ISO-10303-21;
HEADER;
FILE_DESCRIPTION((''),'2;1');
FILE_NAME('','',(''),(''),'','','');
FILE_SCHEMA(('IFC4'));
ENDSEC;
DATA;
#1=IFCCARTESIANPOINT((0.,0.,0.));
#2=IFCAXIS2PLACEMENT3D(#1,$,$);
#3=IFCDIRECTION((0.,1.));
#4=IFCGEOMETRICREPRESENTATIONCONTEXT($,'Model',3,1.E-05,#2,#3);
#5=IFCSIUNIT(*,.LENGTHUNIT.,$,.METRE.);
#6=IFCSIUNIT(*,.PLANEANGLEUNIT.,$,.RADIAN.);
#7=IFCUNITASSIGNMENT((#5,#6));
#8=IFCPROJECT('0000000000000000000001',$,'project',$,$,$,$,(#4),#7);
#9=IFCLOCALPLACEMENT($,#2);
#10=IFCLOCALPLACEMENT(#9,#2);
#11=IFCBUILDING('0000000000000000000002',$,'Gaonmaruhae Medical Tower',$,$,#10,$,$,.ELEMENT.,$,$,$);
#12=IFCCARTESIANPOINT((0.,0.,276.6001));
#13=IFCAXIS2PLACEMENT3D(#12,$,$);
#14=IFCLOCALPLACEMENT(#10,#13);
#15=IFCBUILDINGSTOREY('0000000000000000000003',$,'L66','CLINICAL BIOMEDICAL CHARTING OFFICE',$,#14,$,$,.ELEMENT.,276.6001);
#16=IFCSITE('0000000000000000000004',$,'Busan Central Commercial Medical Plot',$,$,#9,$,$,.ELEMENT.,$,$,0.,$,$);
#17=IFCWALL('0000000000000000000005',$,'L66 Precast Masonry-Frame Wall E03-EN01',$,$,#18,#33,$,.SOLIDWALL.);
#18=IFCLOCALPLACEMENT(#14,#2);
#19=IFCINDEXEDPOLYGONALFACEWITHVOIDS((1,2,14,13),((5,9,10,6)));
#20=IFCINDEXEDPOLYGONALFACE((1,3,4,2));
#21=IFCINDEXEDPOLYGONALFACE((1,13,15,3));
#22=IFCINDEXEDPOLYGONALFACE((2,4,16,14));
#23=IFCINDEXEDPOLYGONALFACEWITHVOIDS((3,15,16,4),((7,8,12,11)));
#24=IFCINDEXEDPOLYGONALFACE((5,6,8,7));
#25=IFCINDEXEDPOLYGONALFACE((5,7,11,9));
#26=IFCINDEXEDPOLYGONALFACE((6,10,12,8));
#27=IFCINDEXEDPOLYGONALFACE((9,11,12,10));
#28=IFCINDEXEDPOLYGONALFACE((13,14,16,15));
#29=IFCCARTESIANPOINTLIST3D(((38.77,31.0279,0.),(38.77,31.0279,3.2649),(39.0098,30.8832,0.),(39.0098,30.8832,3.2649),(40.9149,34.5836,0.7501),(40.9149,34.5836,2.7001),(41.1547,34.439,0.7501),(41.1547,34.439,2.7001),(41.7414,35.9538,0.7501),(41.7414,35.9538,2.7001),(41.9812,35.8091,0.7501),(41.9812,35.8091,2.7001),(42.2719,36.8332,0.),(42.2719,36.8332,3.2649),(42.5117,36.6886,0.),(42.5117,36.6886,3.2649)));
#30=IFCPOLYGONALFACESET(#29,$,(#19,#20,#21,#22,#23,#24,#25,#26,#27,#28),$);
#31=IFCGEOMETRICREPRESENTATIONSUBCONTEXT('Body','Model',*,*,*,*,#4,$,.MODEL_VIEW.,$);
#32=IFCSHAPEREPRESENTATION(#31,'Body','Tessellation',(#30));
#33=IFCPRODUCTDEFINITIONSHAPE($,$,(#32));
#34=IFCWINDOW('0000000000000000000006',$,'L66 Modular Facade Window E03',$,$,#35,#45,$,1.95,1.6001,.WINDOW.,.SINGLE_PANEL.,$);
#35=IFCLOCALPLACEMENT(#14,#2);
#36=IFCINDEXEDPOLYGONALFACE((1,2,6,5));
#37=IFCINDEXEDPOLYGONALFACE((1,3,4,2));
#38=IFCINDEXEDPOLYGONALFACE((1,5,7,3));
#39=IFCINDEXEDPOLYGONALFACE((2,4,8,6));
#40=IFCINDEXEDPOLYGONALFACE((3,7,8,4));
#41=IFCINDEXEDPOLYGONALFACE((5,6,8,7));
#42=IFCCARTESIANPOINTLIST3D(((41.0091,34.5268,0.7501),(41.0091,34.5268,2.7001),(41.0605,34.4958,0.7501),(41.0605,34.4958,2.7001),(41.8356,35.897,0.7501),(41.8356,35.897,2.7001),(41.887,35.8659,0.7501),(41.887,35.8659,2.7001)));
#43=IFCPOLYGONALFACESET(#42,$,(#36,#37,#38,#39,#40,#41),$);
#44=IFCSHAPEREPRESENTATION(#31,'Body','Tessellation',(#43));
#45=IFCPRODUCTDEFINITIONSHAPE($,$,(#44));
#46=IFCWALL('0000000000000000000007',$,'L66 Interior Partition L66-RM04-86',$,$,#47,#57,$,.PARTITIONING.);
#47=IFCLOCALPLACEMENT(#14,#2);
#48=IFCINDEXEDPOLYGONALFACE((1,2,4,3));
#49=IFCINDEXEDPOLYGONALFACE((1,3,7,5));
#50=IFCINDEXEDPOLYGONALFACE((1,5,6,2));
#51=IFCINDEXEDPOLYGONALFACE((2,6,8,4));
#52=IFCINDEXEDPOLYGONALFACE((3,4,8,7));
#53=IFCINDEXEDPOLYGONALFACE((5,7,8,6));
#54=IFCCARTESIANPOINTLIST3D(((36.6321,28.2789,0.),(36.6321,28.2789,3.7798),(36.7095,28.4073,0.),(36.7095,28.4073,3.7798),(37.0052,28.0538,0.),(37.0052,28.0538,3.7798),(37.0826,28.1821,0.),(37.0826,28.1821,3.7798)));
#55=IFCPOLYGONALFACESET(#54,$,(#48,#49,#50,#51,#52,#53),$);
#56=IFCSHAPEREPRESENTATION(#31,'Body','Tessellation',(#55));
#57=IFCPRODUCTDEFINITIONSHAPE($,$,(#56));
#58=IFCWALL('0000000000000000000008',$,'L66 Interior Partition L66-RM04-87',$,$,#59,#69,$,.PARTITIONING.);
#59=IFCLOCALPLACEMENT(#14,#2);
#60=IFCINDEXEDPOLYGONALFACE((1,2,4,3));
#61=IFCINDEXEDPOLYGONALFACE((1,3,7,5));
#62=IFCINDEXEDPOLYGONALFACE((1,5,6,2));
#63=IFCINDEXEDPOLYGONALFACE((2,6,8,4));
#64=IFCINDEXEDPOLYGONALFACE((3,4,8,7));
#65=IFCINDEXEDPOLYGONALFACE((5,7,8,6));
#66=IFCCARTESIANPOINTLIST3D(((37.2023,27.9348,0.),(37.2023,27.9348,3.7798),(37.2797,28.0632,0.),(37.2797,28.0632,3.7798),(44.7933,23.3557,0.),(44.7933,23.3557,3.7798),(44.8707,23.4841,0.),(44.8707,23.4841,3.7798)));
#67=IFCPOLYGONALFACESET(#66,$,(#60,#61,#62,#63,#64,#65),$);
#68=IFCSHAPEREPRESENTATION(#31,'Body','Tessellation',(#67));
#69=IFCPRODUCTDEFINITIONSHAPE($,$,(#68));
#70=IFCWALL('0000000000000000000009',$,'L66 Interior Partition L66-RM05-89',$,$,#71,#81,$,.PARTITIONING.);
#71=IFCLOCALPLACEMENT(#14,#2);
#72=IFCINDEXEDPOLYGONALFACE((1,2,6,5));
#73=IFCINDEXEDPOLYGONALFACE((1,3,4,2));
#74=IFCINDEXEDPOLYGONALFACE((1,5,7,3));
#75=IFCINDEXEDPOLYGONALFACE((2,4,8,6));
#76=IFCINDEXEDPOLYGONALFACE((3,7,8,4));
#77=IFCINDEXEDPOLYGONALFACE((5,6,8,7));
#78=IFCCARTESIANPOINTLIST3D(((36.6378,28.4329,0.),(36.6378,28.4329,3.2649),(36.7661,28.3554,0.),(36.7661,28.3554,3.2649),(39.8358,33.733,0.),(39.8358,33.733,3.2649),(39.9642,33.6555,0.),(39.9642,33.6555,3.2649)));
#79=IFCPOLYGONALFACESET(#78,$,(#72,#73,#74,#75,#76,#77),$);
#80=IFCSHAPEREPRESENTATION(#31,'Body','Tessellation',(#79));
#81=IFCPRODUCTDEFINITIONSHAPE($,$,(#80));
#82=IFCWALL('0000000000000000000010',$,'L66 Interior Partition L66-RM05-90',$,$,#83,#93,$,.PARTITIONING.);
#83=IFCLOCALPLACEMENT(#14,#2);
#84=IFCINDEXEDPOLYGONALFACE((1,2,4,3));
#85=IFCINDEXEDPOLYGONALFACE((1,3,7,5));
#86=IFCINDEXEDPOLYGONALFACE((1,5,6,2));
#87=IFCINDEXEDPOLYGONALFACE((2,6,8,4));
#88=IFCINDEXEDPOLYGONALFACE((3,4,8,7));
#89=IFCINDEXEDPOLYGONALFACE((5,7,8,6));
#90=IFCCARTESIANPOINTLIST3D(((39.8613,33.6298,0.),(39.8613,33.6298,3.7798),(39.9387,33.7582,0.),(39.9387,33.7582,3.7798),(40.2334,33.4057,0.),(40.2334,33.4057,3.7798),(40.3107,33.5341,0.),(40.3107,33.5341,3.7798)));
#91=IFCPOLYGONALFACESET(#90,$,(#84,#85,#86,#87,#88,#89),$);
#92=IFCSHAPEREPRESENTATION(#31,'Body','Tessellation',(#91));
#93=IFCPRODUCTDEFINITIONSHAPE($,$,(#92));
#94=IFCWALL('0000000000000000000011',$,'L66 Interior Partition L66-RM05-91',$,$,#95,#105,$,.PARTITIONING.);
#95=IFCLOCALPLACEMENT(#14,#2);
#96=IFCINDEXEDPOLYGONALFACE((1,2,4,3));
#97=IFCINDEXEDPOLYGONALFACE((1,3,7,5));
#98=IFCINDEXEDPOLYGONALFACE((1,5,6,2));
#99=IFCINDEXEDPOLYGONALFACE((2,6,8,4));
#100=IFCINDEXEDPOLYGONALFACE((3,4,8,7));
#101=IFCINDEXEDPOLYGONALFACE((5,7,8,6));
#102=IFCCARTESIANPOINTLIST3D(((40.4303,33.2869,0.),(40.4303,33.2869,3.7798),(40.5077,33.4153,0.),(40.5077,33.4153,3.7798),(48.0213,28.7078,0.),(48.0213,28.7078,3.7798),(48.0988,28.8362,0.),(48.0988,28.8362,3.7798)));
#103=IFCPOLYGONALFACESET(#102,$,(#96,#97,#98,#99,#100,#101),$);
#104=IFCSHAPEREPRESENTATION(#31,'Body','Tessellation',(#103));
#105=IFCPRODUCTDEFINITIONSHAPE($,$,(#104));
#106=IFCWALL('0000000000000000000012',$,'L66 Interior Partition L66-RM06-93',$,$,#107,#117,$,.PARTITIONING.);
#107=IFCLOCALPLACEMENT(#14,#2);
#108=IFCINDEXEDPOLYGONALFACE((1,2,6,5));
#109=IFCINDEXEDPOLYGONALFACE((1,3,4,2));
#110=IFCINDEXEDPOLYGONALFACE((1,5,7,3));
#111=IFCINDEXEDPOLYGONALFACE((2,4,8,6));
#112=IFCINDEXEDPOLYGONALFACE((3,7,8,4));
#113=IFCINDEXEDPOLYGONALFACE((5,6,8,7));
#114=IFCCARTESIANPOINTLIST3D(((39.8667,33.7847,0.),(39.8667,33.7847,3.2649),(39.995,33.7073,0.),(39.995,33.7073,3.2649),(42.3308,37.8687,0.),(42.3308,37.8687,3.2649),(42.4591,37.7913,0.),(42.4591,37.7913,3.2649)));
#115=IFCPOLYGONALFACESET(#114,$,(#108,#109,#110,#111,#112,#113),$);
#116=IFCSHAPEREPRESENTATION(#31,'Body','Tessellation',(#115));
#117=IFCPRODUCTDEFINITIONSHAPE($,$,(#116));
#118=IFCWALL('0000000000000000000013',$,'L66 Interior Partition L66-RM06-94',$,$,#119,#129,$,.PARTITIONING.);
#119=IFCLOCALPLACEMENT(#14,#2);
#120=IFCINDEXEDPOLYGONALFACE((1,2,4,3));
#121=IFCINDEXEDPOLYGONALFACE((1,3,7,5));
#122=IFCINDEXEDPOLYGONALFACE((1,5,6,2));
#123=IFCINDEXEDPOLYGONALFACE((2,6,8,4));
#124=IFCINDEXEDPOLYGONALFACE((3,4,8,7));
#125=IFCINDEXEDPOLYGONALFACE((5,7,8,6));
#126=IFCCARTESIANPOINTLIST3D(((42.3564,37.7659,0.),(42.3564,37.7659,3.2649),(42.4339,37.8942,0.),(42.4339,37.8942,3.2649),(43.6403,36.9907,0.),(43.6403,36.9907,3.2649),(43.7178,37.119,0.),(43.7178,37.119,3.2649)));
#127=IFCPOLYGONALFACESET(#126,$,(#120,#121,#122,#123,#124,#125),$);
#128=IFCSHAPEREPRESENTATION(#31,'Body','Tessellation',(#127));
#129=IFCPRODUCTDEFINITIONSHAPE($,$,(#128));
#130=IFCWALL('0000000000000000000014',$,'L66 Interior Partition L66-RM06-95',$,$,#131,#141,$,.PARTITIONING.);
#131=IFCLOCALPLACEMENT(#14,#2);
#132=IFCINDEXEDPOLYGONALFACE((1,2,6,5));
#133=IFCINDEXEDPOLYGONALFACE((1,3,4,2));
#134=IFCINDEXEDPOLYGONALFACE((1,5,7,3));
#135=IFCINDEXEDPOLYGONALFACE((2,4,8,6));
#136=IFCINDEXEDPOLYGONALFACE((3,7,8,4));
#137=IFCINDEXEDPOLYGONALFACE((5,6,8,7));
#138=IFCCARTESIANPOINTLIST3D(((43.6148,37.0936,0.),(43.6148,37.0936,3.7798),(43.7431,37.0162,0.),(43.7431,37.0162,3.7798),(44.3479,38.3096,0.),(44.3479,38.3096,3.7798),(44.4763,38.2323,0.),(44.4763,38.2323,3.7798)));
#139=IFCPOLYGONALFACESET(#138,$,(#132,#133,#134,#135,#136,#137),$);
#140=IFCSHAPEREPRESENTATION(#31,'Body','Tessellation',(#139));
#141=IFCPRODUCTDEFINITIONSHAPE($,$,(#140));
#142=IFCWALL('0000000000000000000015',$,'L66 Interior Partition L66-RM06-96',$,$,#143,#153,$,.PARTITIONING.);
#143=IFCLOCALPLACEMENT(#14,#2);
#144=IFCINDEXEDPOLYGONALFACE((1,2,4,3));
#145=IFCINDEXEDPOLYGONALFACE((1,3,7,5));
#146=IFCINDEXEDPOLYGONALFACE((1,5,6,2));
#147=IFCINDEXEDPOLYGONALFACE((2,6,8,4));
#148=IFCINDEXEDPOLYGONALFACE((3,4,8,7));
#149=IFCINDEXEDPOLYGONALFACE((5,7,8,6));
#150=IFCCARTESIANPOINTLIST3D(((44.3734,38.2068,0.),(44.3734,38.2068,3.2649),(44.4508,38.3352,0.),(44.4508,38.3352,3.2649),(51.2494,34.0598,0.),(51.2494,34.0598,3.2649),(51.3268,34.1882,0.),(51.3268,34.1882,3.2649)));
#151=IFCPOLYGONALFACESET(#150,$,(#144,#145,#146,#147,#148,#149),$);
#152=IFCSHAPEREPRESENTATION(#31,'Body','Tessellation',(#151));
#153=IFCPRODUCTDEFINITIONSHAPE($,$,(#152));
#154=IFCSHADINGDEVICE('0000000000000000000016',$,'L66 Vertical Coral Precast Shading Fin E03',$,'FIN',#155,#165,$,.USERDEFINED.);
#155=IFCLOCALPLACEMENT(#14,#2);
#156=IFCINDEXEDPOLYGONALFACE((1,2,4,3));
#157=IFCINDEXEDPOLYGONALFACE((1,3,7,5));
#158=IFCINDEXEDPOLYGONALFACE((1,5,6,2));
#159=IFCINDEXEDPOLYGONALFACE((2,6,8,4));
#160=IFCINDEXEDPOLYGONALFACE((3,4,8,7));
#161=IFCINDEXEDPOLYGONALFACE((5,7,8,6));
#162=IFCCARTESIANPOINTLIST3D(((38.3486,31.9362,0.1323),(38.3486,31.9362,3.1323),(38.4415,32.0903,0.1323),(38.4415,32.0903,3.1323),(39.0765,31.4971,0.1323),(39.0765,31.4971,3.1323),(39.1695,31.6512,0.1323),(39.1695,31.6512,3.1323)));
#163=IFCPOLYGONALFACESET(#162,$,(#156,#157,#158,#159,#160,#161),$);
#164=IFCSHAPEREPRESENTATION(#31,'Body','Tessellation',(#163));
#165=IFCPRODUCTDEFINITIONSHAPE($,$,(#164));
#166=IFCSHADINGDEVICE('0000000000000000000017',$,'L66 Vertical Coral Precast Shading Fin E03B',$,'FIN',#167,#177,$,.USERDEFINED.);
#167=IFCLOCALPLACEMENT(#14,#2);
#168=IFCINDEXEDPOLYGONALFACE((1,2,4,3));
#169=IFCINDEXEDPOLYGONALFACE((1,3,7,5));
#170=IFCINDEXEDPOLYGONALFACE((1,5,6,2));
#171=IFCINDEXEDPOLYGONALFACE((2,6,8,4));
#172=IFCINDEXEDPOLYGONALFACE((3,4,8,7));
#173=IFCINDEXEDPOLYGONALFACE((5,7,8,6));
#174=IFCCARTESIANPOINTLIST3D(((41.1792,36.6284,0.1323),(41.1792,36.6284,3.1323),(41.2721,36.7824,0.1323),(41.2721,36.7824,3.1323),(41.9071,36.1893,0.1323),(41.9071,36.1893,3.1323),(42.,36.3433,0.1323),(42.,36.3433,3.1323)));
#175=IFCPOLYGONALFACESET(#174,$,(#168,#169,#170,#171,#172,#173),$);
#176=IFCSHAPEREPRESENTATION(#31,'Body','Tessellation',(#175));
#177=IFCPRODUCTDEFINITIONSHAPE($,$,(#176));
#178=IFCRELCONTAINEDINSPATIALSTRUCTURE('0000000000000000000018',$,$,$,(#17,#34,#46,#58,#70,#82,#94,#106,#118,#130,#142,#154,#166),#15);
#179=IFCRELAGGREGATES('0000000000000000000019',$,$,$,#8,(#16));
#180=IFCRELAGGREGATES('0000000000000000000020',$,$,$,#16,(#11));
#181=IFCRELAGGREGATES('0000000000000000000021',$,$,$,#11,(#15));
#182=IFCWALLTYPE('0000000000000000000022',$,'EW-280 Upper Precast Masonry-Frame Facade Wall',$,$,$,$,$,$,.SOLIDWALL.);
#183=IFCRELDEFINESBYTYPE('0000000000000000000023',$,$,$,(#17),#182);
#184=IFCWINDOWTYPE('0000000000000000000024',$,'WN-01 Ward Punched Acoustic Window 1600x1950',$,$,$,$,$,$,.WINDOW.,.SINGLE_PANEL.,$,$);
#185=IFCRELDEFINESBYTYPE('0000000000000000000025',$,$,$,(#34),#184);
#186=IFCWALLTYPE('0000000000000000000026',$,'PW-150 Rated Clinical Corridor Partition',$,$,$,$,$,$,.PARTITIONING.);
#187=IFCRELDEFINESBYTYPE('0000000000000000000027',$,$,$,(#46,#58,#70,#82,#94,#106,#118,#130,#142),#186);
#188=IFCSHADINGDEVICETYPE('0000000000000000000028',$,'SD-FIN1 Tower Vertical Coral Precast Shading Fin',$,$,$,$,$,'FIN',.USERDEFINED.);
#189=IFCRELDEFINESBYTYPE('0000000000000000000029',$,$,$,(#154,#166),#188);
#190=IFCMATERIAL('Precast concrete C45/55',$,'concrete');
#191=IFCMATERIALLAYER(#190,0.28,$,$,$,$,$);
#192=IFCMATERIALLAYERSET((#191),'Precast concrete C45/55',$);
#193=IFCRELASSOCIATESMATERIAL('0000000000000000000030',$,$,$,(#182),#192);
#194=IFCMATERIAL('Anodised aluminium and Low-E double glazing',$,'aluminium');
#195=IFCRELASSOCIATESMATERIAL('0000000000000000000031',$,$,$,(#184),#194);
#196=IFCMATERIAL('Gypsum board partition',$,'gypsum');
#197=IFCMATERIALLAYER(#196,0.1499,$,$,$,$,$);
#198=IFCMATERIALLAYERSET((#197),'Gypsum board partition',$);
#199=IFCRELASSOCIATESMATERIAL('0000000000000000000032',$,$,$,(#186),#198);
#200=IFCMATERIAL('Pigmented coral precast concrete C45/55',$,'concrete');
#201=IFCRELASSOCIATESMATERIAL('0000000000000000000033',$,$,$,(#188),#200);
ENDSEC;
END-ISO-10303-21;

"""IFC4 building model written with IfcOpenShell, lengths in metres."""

from ifc_helpers import new_model, si_unit, direction, frame, frame_2d, origin, origin_2d, place, context, subcontext, project, spatial, rectangle, extrude, material, layer, layer_set, type_object, element, fill, save


model = new_model("IFC4")

# Units and contexts
model_context = context("Model", 3, precision=1e-05, world=origin(), true_north=direction((0.0, 1.0)))
body_context = subcontext(model_context, "Body", "Model", "MODEL_VIEW")
ifc_project = project(units=[si_unit("LENGTHUNIT", "METRE"), si_unit("PLANEANGLEUNIT", "RADIAN")], contexts=[model_context])

# Site, building, storey
site_placement = place(None, origin())
site = spatial("IfcSite", under=ifc_project, at=site_placement, Name="Busan Central Commercial Medical Plot", CompositionType="ELEMENT", RefElevation=0.0)
building_placement = place(site_placement, origin())
building = spatial("IfcBuilding", under=site, at=building_placement, Name="Gaonmaruhae Medical Tower", CompositionType="ELEMENT")
storey_placement = place(building_placement, frame((0.0, 0.0, 276.6001)))
storey = spatial("IfcBuildingStorey", under=building, at=storey_placement, Name="L66", Description="CLINICAL BIOMEDICAL CHARTING OFFICE", CompositionType="ELEMENT", Elevation=276.6001)

# Shared definitions
ifc_material_1 = material(Name="Precast concrete C45/55", Category="concrete")
ifc_layer_1 = layer(ifc_material_1, 0.28)
ifc_layer_set_1 = layer_set([ifc_layer_1], Name="Precast concrete C45/55")
wall_type_1 = type_object("IfcWallType", Name="EW-280 Upper Precast Masonry-Frame Facade Wall", PredefinedType="SOLIDWALL", material=ifc_layer_set_1)

# Wall, opening, window
wall_1_placement = place(storey_placement, frame((38.8899, 30.9556, 0.0), z_axis=(0.0, 0.0, 1.0), x_axis=(0.516523, 0.856274, 0.0)))
wall_1 = element("IfcWall", 1, at=wall_1_placement, inside=storey, type_object=wall_type_1, Name="L66 Precast Masonry-Frame Wall E03-EN01", PredefinedType="SOLIDWALL", context=body_context, shape_type="SweptSolid", body=[
    extrude(rectangle(XDim=6.7798, YDim=0.28, at=frame_2d((3.3899, 0.0))), origin(), (0.0, 0.0, 1.0), 3.2649),
])
opening_placement = place(wall_1_placement, frame((4.1526, 0.0, 0.75)))
opening = element("IfcOpeningElement", 2, at=opening_placement, cuts=wall_1, PredefinedType="OPENING", context=body_context, shape_type="SweptSolid", body=[
    extrude(rectangle(XDim=1.6001, YDim=1.95, at=frame_2d((0.8, 0.9751))), frame((0.0, 0.1499, 0.0), z_axis=(0.0, -1.0, 0.0), x_axis=(1.0, 0.0, 0.0)), (0.0, 0.0, 1.0), 0.3),
])
ifc_material_2 = material(Name="Anodised aluminium and Low-E double glazing", Category="aluminium")
window_type = type_object("IfcWindowType", Name="WN-01 Ward Punched Acoustic Window 1600x1950", PartitioningType="SINGLE_PANEL", PredefinedType="WINDOW", material=ifc_material_2)
window_placement = place(opening_placement, origin())
window = element("IfcWindow", 3, at=window_placement, inside=storey, type_object=window_type, Name="L66 Modular Facade Window E03", OverallHeight=1.95, OverallWidth=1.6001, PartitioningType="SINGLE_PANEL", PredefinedType="WINDOW", context=body_context, shape_type="SweptSolid", body=[
    extrude(rectangle(XDim=1.6001, YDim=1.95, at=frame_2d((0.8, 0.9751))), frame((0.0, 0.03, 0.0), z_axis=(0.0, -1.0, 0.0), x_axis=(1.0, 0.0, 0.0)), (0.0, 0.0, 1.0), 0.0601),
])
fill(opening, window)

# Walls
ifc_material_3 = material(Name="Gypsum board partition", Category="gypsum")
ifc_layer_2 = layer(ifc_material_3, 0.1499)
ifc_layer_set_2 = layer_set([ifc_layer_2], Name="Gypsum board partition")
wall_type_2 = type_object("IfcWallType", Name="PW-150 Rated Clinical Corridor Partition", PredefinedType="PARTITIONING", material=ifc_layer_set_2)
wall_2_placement = place(storey_placement, frame((36.6709, 28.343, 0.0), z_axis=(0.0, 0.0, 1.0), x_axis=(0.856205, -0.516637, 0.0)))
element("IfcWall", 4, at=wall_2_placement, inside=storey, type_object=wall_type_2, Name="L66 Interior Partition L66-RM04-86", PredefinedType="PARTITIONING", context=body_context, shape_type="SweptSolid", body=[
    extrude(rectangle(XDim=0.4358, YDim=0.1499, at=frame_2d((0.2178, 0.0))), origin(), (0.0, 0.0, 1.0), 3.7798),
])
wall_3_placement = place(storey_placement, frame((37.241, 27.999, 0.0), z_axis=(0.0, 0.0, 1.0), x_axis=(0.856273, -0.516523, 0.0)))
element("IfcWall", 5, at=wall_3_placement, inside=storey, type_object=wall_type_2, Name="L66 Interior Partition L66-RM04-87", PredefinedType="PARTITIONING", context=body_context, shape_type="SweptSolid", body=[
    extrude(rectangle(XDim=8.8652, YDim=0.1499, at=frame_2d((4.4326, 0.0))), origin(), (0.0, 0.0, 1.0), 3.7798),
])
wall_4_placement = place(storey_placement, frame((36.7019, 28.394, 0.0), z_axis=(0.0, 0.0, 1.0), x_axis=(0.516629, 0.85621, 0.0)))
element("IfcWall", 6, at=wall_4_placement, inside=storey, type_object=wall_type_2, Name="L66 Interior Partition L66-RM05-89", PredefinedType="PARTITIONING", context=body_context, shape_type="SweptSolid", body=[
    extrude(rectangle(XDim=6.1902, YDim=0.1499, at=frame_2d((3.0952, 0.0))), origin(), (0.0, 0.0, 1.0), 3.2649),
])
wall_5_placement = place(storey_placement, frame((39.8999, 33.6941, 0.0), z_axis=(0.0, 0.0, 1.0), x_axis=(0.856599, -0.515983, 0.0)))
element("IfcWall", 7, at=wall_5_placement, inside=storey, type_object=wall_type_2, Name="L66 Interior Partition L66-RM05-90", PredefinedType="PARTITIONING", context=body_context, shape_type="SweptSolid", body=[
    extrude(rectangle(XDim=0.4343, YDim=0.1499, at=frame_2d((0.2173, 0.0))), origin(), (0.0, 0.0, 1.0), 3.7798),
])
wall_6_placement = place(storey_placement, frame((40.469, 33.3511, 0.0), z_axis=(0.0, 0.0, 1.0), x_axis=(0.856273, -0.516523, 0.0)))
element("IfcWall", 8, at=wall_6_placement, inside=storey, type_object=wall_type_2, Name="L66 Interior Partition L66-RM05-91", PredefinedType="PARTITIONING", context=body_context, shape_type="SweptSolid", body=[
    extrude(rectangle(XDim=8.8652, YDim=0.1499, at=frame_2d((4.4326, 0.0))), origin(), (0.0, 0.0, 1.0), 3.7798),
])
wall_7_placement = place(storey_placement, frame((39.9309, 33.7461, 0.0), z_axis=(0.0, 0.0, 1.0), x_axis=(0.516609, 0.856221, 0.0)))
element("IfcWall", 9, at=wall_7_placement, inside=storey, type_object=wall_type_2, Name="L66 Interior Partition L66-RM06-93", PredefinedType="PARTITIONING", context=body_context, shape_type="SweptSolid", body=[
    extrude(rectangle(XDim=4.7698, YDim=0.1499, at=frame_2d((2.3848, 0.0))), origin(), (0.0, 0.0, 1.0), 3.2649),
])
wall_8_placement = place(storey_placement, frame((42.395, 37.8301, 0.0), z_axis=(0.0, 0.0, 1.0), x_axis=(0.856082, -0.51684, 0.0)))
element("IfcWall", 10, at=wall_8_placement, inside=storey, type_object=wall_type_2, Name="L66 Interior Partition L66-RM06-94", PredefinedType="PARTITIONING", context=body_context, shape_type="SweptSolid", body=[
    extrude(rectangle(XDim=1.4998, YDim=0.1499, at=frame_2d((0.75, 0.0))), origin(), (0.0, 0.0, 1.0), 3.2649),
])
wall_9_placement = place(storey_placement, frame((43.679, 37.0549, 0.0), z_axis=(0.0, 0.0, 1.0), x_axis=(0.516315, 0.856399, 0.0)))
element("IfcWall", 11, at=wall_9_placement, inside=storey, type_object=wall_type_2, Name="L66 Interior Partition L66-RM06-95", PredefinedType="PARTITIONING", context=body_context, shape_type="SweptSolid", body=[
    extrude(rectangle(XDim=1.4199, YDim=0.1499, at=frame_2d((0.71, 0.0))), origin(), (0.0, 0.0, 1.0), 3.7798),
])
wall_10_placement = place(storey_placement, frame((44.4121, 38.271, 0.0), z_axis=(0.0, 0.0, 1.0), x_axis=(0.856316, -0.516453, 0.0)))
element("IfcWall", 12, at=wall_10_placement, inside=storey, type_object=wall_type_2, Name="L66 Interior Partition L66-RM06-96", PredefinedType="PARTITIONING", context=body_context, shape_type="SweptSolid", body=[
    extrude(rectangle(XDim=8.0298, YDim=0.1499, at=frame_2d((4.0149, 0.0))), origin(), (0.0, 0.0, 1.0), 3.2649),
])

# Shading devices
ifc_material_4 = material(Name="Pigmented coral precast concrete C45/55", Category="concrete")
shading_device_type = type_object("IfcShadingDeviceType", Name="SD-FIN1 Tower Vertical Coral Precast Shading Fin", ElementType="FIN", PredefinedType="USERDEFINED", material=ifc_material_4)
for number, where, z_axis, x_axis, name in (
    (13, (38.759, 31.7937, 0.1323), (0.0, 0.0, 1.0), (0.516533, 0.856267, 0.0), "L66 Vertical Coral Precast Shading Fin E03"),
    (14, (41.5896, 36.4858, 0.1323), (0.0, 0.0, 1.0), (0.516533, 0.856267, 0.0), "L66 Vertical Coral Precast Shading Fin E03B"),
):
    element("IfcShadingDevice", number, at=place(storey_placement, frame(where, z_axis=z_axis, x_axis=x_axis)), inside=storey, type_object=shading_device_type, Name=name, ObjectType="FIN", PredefinedType="USERDEFINED", context=body_context, shape_type="SweptSolid", body=[
        extrude(rectangle(XDim=0.1799, YDim=0.8501, at=origin_2d()), origin(), (0.0, 0.0, 1.0), 3.0),
    ])

save(model, "model.ifc")
